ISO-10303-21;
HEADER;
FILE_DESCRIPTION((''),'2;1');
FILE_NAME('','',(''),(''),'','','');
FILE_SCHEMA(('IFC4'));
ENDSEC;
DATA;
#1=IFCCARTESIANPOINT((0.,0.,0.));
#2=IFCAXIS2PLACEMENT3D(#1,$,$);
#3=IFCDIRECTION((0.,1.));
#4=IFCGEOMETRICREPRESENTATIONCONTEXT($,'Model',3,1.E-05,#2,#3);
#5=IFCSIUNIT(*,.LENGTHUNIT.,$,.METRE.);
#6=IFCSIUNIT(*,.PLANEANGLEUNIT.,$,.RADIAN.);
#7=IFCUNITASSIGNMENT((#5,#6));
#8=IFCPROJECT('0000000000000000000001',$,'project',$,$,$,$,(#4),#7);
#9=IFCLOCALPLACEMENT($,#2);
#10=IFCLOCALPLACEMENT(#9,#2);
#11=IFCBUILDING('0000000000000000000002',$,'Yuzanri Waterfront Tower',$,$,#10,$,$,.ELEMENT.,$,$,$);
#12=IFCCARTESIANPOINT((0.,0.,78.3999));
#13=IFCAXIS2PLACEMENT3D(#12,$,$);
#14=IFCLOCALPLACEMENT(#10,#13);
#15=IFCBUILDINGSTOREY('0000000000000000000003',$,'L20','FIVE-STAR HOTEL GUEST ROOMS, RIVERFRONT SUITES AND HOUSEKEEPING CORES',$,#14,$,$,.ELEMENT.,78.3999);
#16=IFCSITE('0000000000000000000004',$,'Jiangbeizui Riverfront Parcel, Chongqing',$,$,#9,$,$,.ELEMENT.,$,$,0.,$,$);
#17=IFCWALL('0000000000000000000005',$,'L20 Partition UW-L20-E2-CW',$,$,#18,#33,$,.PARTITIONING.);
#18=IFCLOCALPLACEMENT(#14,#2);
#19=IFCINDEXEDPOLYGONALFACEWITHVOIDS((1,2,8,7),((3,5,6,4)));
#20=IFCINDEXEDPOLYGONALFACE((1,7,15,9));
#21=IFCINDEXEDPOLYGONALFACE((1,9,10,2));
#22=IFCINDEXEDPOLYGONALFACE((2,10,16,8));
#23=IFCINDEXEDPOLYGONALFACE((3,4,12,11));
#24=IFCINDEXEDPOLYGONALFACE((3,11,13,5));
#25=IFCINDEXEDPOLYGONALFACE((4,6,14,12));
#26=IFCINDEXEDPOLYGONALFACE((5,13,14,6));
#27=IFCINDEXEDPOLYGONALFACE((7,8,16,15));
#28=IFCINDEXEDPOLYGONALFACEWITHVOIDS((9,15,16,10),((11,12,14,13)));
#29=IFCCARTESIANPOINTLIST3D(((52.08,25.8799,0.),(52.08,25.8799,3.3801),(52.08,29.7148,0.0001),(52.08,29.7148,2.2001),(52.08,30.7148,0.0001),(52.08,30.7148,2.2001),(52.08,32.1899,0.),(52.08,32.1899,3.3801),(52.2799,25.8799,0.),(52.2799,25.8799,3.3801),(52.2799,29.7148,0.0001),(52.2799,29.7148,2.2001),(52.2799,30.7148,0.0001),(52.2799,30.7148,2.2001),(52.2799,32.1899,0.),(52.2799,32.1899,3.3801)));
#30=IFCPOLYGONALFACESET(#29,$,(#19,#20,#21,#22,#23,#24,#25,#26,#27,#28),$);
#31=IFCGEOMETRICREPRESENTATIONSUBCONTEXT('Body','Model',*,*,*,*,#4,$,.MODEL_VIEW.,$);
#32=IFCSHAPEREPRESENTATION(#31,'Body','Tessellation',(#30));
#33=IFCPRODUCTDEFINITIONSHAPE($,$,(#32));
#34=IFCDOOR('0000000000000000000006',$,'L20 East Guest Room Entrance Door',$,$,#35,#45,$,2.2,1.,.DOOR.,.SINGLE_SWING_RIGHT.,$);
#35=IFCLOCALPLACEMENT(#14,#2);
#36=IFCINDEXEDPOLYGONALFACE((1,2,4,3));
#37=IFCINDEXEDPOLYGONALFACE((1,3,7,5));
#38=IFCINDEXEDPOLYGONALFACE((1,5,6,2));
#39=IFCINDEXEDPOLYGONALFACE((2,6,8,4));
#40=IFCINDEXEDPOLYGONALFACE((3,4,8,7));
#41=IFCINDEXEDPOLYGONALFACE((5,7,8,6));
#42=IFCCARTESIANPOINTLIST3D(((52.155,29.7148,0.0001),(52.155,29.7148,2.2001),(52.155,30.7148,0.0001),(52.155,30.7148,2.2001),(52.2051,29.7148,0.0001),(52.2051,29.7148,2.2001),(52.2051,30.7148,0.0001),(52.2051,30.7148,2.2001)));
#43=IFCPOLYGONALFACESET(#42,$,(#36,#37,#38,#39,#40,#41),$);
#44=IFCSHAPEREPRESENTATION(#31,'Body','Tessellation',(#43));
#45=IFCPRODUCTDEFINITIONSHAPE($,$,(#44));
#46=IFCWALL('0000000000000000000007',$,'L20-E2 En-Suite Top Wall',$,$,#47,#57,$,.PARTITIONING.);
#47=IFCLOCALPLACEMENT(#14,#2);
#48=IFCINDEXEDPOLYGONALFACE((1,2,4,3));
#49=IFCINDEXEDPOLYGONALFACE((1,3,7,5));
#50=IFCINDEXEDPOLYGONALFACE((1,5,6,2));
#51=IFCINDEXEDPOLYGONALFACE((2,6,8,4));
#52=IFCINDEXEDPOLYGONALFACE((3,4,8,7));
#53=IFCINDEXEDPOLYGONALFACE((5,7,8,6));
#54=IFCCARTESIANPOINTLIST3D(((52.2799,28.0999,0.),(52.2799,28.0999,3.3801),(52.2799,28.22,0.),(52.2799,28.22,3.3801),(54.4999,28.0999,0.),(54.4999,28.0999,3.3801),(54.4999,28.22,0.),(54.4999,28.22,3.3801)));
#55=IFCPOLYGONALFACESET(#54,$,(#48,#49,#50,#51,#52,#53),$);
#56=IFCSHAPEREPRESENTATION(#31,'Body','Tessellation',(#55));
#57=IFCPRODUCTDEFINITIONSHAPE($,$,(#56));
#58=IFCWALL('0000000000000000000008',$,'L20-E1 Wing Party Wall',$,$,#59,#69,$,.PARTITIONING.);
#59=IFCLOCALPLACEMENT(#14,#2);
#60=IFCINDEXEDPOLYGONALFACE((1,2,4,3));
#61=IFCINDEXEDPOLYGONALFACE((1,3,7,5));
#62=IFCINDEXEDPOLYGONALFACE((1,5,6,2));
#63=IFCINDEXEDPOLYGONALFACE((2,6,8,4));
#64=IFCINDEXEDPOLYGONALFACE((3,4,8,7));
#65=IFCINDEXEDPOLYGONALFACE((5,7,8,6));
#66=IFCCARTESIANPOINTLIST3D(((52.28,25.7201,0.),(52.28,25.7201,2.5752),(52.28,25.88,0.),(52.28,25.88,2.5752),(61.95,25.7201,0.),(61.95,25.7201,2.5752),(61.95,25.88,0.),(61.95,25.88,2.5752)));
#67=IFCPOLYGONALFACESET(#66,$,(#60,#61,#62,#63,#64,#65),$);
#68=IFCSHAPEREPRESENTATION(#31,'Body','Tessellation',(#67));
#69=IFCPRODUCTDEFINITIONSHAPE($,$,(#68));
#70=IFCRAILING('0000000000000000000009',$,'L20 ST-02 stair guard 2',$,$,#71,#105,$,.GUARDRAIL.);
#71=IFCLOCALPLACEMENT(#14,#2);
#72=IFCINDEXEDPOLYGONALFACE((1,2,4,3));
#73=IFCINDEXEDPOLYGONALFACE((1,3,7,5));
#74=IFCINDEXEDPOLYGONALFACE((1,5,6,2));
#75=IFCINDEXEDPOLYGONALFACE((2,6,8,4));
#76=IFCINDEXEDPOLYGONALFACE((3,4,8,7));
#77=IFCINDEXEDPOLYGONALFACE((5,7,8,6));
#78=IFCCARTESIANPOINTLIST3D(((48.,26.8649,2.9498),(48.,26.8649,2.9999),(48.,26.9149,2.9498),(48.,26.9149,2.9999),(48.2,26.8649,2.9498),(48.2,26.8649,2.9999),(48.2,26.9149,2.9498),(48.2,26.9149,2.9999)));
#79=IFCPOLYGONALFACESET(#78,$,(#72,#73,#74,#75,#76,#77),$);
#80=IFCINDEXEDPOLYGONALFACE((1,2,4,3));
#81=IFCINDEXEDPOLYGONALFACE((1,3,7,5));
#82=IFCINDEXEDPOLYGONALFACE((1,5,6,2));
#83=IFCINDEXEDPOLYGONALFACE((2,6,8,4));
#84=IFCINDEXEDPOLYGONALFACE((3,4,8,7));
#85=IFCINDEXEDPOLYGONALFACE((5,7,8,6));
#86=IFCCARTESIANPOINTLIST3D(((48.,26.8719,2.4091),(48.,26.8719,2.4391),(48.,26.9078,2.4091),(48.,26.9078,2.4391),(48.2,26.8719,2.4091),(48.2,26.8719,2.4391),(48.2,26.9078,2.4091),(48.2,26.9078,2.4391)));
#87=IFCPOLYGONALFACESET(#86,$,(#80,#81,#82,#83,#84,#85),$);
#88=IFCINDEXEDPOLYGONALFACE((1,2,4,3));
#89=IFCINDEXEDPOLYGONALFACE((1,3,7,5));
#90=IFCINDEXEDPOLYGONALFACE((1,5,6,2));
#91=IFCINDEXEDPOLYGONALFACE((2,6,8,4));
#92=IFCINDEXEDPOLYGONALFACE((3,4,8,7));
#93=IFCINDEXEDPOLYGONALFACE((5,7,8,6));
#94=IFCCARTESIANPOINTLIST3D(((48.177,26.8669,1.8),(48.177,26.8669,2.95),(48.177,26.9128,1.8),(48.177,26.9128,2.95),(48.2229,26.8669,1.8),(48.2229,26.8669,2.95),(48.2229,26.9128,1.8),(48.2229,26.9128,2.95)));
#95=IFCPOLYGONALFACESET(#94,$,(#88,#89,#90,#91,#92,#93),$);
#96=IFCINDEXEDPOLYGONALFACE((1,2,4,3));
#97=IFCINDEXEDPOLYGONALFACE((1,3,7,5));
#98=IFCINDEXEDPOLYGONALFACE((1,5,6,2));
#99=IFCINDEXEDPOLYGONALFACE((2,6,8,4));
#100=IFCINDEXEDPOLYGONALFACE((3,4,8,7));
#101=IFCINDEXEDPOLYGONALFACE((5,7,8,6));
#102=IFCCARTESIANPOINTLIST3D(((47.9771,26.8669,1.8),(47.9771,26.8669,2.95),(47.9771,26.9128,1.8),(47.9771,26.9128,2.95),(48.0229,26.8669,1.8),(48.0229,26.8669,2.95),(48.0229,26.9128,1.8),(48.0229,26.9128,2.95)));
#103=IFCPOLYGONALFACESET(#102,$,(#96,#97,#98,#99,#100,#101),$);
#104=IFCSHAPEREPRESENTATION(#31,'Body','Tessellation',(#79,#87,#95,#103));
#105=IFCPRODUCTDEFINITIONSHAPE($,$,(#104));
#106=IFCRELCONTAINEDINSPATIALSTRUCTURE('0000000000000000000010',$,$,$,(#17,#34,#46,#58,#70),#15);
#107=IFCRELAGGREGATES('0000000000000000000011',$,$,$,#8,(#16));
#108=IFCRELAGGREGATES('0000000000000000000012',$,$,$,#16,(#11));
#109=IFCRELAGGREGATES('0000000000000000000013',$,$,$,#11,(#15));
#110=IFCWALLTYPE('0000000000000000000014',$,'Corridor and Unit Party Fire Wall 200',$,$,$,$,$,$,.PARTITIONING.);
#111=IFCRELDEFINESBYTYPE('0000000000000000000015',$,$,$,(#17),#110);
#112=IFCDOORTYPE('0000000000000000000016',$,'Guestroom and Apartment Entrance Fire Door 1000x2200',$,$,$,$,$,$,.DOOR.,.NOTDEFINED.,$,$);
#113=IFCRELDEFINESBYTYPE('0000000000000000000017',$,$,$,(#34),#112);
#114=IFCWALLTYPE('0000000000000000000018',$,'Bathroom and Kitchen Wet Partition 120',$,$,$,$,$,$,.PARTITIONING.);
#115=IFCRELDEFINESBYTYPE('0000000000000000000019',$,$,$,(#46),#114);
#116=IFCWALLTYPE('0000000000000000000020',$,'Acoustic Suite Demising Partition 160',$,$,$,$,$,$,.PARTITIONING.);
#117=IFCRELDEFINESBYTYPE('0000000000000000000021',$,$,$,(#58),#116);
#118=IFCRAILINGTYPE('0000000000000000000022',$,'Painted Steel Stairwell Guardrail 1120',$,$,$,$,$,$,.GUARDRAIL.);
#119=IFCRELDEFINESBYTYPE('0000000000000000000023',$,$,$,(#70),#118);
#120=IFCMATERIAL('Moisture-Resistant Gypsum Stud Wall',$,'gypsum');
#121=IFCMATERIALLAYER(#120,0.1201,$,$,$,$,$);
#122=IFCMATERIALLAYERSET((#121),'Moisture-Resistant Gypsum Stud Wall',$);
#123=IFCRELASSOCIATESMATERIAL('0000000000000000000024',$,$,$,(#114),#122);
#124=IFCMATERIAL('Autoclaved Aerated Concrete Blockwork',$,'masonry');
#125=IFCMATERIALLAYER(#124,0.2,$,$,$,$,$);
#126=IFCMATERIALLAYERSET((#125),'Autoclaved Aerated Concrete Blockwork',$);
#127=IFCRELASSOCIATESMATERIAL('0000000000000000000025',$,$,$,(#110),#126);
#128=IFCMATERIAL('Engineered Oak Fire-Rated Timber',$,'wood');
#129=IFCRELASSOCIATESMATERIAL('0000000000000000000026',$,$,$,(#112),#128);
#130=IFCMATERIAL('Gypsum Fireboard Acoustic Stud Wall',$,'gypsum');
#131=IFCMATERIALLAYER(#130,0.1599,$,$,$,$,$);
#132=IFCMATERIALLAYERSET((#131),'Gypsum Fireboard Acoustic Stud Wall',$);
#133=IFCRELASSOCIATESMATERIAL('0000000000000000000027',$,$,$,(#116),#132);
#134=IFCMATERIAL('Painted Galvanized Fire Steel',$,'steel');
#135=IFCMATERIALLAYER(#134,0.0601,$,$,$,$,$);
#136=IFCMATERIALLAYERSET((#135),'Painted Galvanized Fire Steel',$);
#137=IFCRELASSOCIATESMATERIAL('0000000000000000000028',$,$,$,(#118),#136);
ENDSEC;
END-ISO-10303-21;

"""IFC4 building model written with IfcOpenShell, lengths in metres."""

from ifc_helpers import new_model, si_unit, direction, frame, frame_2d, origin, origin_2d, place, context, subcontext, project, spatial, rectangle, extrude, source, transform, mapped, material, layer, layer_set, type_object, element, fill, save


model = new_model("IFC4")

# Units and contexts
model_context = context("Model", 3, precision=1e-05, world=origin(), true_north=direction((0.0, 1.0)))
body_context = subcontext(model_context, "Body", "Model", "MODEL_VIEW")
ifc_project = project(units=[si_unit("LENGTHUNIT", "METRE"), si_unit("PLANEANGLEUNIT", "RADIAN")], contexts=[model_context])

# Site, building, storey
site_placement = place(None, origin())
site = spatial("IfcSite", under=ifc_project, at=site_placement, Name="Jiangbeizui Riverfront Parcel, Chongqing", CompositionType="ELEMENT", RefElevation=0.0)
building_placement = place(site_placement, origin())
building = spatial("IfcBuilding", under=site, at=building_placement, Name="Yuzanri Waterfront Tower", CompositionType="ELEMENT")
storey_placement = place(building_placement, frame((0.0, 0.0, 78.3999)))
storey = spatial("IfcBuildingStorey", under=building, at=storey_placement, Name="L20", Description="FIVE-STAR HOTEL GUEST ROOMS, RIVERFRONT SUITES AND HOUSEKEEPING CORES", CompositionType="ELEMENT", Elevation=78.3999)

# Wall, opening, door
ifc_material_1 = material(Name="Moisture-Resistant Gypsum Stud Wall", Category="gypsum")
ifc_layer_1 = layer(ifc_material_1, 0.1201)
ifc_layer_set_1 = layer_set([ifc_layer_1], Name="Moisture-Resistant Gypsum Stud Wall")
wall_type_1 = type_object("IfcWallType", Name="Bathroom and Kitchen Wet Partition 120", PredefinedType="PARTITIONING", material=ifc_layer_set_1)
ifc_material_2 = material(Name="Autoclaved Aerated Concrete Blockwork", Category="masonry")
ifc_layer_2 = layer(ifc_material_2, 0.2)
ifc_layer_set_2 = layer_set([ifc_layer_2], Name="Autoclaved Aerated Concrete Blockwork")
wall_type_2 = type_object("IfcWallType", Name="Corridor and Unit Party Fire Wall 200", PredefinedType="PARTITIONING", material=ifc_layer_set_2)
wall_1_placement = place(storey_placement, frame((52.1799, 25.8799, 0.0), z_axis=(0.0, 0.0, 1.0), x_axis=(0.0, 1.0, 0.0)))
wall_1 = element("IfcWall", 1, at=wall_1_placement, inside=storey, type_object=wall_type_2, Name="L20 Partition UW-L20-E2-CW", PredefinedType="PARTITIONING", context=body_context, shape_type="SweptSolid", body=[
    extrude(rectangle(XDim=6.3101, YDim=0.2, at=frame_2d((3.155, 0.0))), origin(), (0.0, 0.0, 1.0), 3.3801),
])
opening_1_placement = place(wall_1_placement, frame((3.835, 0.0, 0.0)))
opening_1 = element("IfcOpeningElement", 2, at=opening_1_placement, cuts=wall_1, PredefinedType="OPENING", context=body_context, shape_type="SweptSolid", body=[
    extrude(rectangle(XDim=1.0, YDim=2.2, at=frame_2d((0.5, 1.1001))), frame((0.0, 0.1147, 0.0), z_axis=(0.0, -1.0, 0.0), x_axis=(1.0, 0.0, 0.0)), (0.0, 0.0, 1.0), 0.2297),
])
ifc_material_3 = material(Name="Engineered Oak Fire-Rated Timber", Category="wood")
door_type_1 = type_object("IfcDoorType", Name="Guestroom and Apartment Entrance Fire Door 1000x2200", OperationType="NOTDEFINED", PredefinedType="DOOR", material=ifc_material_3)
shared_shape_1 = source(origin(), body_context, "Body", "SweptSolid", [
    extrude(rectangle(XDim=1.0, YDim=2.2, at=frame_2d((0.5, 1.1001))), frame((0.0, 0.0249, 0.0), z_axis=(0.0, -1.0, 0.0), x_axis=(1.0, 0.0, 0.0)), (0.0, 0.0, 1.0), 0.05),
])
door_1_placement = place(opening_1_placement, origin())
door_1 = element("IfcDoor", 3, at=door_1_placement, inside=storey, type_object=door_type_1, Name="L20 East Guest Room Entrance Door", OperationType="SINGLE_SWING_RIGHT", OverallHeight=2.2, OverallWidth=1.0, PredefinedType="DOOR", context=body_context, shape_type="MappedRepresentation", body=[
    mapped(shared_shape_1, transform((0.0, 0.0, 0.0), scale=1.0)),
])
fill(opening_1, door_1)

# Walls
shared_shape_2 = source(origin(), body_context, "Body", "SweptSolid", [
    extrude(rectangle(XDim=2.22, YDim=0.1201, at=frame_2d((1.1099, 0.0))), origin(), (0.0, 0.0, 1.0), 3.3801),
])
wall_2_placement = place(storey_placement, frame((52.28, 28.1599, 0.0), z_axis=(0.0, 0.0, 1.0), x_axis=(1.0, 0.0, 0.0)))
element("IfcWall", 4, at=wall_2_placement, inside=storey, type_object=wall_type_1, Name="L20-E2 En-Suite Top Wall", PredefinedType="PARTITIONING", context=body_context, shape_type="MappedRepresentation", body=[
    mapped(shared_shape_2, transform((0.0, 0.0, 0.0), scale=1.0)),
])
ifc_material_4 = material(Name="Gypsum Fireboard Acoustic Stud Wall", Category="gypsum")
ifc_layer_3 = layer(ifc_material_4, 0.1599)
ifc_layer_set_3 = layer_set([ifc_layer_3], Name="Gypsum Fireboard Acoustic Stud Wall")
wall_type_3 = type_object("IfcWallType", Name="Acoustic Suite Demising Partition 160", PredefinedType="PARTITIONING", material=ifc_layer_set_3)
shared_shape_3 = source(origin(), body_context, "Body", "SweptSolid", [
    extrude(rectangle(XDim=9.6699, YDim=0.1599, at=frame_2d((4.835, 0.0))), origin(), (0.0, 0.0, 1.0), 2.5752),
])
wall_3_placement = place(storey_placement, frame((52.28, 25.8, 0.0), z_axis=(0.0, 0.0, 1.0), x_axis=(1.0, 0.0, 0.0)))
element("IfcWall", 5, at=wall_3_placement, inside=storey, type_object=wall_type_3, Name="L20-E1 Wing Party Wall", PredefinedType="PARTITIONING", context=body_context, shape_type="MappedRepresentation", body=[
    mapped(shared_shape_3, transform((0.0, 0.0, 0.0), scale=1.0)),
])

# Railing
ifc_material_5 = material(Name="Painted Galvanized Fire Steel", Category="steel")
ifc_layer_4 = layer(ifc_material_5, 0.0601)
ifc_layer_set_4 = layer_set([ifc_layer_4], Name="Painted Galvanized Fire Steel")
railing_type = type_object("IfcRailingType", Name="Painted Steel Stairwell Guardrail 1120", PredefinedType="GUARDRAIL", material=ifc_layer_set_4)
shared_shape_4 = source(origin(), body_context, "Body", "SweptSolid", [
    extrude(rectangle(XDim=0.05, YDim=0.05, at=origin_2d()), frame((0.0, 0.0, 1.1748), z_axis=(-1.0, 0.0, 0.0), x_axis=(0.0, -1.0, 0.0)), (0.0, 0.0, 1.0), 0.2),
    extrude(rectangle(XDim=0.0359, YDim=0.03, at=origin_2d()), frame((0.0, 0.0, 0.624), z_axis=(-1.0, 0.0, 0.0), x_axis=(0.0, -1.0, 0.0)), (0.0, 0.0, 1.0), 0.2),
    extrude(rectangle(XDim=0.0459, YDim=0.0459, at=origin_2d()), origin(), (0.0, 0.0, 1.0), 1.1499),
    extrude(rectangle(XDim=0.0459, YDim=0.0459, at=origin_2d()), frame((-0.2, 0.0, 0.0)), (0.0, 0.0, 1.0), 1.1499),
])
railing_placement = place(storey_placement, frame((48.2, 26.8899, 1.8)))
element("IfcRailing", 6, at=railing_placement, inside=storey, type_object=railing_type, Name="L20 ST-02 stair guard 2", PredefinedType="GUARDRAIL", context=body_context, shape_type="MappedRepresentation", body=[
    mapped(shared_shape_4, transform((0.0, 0.0, 0.0), scale=1.0)),
])

save(model, "model.ifc")
